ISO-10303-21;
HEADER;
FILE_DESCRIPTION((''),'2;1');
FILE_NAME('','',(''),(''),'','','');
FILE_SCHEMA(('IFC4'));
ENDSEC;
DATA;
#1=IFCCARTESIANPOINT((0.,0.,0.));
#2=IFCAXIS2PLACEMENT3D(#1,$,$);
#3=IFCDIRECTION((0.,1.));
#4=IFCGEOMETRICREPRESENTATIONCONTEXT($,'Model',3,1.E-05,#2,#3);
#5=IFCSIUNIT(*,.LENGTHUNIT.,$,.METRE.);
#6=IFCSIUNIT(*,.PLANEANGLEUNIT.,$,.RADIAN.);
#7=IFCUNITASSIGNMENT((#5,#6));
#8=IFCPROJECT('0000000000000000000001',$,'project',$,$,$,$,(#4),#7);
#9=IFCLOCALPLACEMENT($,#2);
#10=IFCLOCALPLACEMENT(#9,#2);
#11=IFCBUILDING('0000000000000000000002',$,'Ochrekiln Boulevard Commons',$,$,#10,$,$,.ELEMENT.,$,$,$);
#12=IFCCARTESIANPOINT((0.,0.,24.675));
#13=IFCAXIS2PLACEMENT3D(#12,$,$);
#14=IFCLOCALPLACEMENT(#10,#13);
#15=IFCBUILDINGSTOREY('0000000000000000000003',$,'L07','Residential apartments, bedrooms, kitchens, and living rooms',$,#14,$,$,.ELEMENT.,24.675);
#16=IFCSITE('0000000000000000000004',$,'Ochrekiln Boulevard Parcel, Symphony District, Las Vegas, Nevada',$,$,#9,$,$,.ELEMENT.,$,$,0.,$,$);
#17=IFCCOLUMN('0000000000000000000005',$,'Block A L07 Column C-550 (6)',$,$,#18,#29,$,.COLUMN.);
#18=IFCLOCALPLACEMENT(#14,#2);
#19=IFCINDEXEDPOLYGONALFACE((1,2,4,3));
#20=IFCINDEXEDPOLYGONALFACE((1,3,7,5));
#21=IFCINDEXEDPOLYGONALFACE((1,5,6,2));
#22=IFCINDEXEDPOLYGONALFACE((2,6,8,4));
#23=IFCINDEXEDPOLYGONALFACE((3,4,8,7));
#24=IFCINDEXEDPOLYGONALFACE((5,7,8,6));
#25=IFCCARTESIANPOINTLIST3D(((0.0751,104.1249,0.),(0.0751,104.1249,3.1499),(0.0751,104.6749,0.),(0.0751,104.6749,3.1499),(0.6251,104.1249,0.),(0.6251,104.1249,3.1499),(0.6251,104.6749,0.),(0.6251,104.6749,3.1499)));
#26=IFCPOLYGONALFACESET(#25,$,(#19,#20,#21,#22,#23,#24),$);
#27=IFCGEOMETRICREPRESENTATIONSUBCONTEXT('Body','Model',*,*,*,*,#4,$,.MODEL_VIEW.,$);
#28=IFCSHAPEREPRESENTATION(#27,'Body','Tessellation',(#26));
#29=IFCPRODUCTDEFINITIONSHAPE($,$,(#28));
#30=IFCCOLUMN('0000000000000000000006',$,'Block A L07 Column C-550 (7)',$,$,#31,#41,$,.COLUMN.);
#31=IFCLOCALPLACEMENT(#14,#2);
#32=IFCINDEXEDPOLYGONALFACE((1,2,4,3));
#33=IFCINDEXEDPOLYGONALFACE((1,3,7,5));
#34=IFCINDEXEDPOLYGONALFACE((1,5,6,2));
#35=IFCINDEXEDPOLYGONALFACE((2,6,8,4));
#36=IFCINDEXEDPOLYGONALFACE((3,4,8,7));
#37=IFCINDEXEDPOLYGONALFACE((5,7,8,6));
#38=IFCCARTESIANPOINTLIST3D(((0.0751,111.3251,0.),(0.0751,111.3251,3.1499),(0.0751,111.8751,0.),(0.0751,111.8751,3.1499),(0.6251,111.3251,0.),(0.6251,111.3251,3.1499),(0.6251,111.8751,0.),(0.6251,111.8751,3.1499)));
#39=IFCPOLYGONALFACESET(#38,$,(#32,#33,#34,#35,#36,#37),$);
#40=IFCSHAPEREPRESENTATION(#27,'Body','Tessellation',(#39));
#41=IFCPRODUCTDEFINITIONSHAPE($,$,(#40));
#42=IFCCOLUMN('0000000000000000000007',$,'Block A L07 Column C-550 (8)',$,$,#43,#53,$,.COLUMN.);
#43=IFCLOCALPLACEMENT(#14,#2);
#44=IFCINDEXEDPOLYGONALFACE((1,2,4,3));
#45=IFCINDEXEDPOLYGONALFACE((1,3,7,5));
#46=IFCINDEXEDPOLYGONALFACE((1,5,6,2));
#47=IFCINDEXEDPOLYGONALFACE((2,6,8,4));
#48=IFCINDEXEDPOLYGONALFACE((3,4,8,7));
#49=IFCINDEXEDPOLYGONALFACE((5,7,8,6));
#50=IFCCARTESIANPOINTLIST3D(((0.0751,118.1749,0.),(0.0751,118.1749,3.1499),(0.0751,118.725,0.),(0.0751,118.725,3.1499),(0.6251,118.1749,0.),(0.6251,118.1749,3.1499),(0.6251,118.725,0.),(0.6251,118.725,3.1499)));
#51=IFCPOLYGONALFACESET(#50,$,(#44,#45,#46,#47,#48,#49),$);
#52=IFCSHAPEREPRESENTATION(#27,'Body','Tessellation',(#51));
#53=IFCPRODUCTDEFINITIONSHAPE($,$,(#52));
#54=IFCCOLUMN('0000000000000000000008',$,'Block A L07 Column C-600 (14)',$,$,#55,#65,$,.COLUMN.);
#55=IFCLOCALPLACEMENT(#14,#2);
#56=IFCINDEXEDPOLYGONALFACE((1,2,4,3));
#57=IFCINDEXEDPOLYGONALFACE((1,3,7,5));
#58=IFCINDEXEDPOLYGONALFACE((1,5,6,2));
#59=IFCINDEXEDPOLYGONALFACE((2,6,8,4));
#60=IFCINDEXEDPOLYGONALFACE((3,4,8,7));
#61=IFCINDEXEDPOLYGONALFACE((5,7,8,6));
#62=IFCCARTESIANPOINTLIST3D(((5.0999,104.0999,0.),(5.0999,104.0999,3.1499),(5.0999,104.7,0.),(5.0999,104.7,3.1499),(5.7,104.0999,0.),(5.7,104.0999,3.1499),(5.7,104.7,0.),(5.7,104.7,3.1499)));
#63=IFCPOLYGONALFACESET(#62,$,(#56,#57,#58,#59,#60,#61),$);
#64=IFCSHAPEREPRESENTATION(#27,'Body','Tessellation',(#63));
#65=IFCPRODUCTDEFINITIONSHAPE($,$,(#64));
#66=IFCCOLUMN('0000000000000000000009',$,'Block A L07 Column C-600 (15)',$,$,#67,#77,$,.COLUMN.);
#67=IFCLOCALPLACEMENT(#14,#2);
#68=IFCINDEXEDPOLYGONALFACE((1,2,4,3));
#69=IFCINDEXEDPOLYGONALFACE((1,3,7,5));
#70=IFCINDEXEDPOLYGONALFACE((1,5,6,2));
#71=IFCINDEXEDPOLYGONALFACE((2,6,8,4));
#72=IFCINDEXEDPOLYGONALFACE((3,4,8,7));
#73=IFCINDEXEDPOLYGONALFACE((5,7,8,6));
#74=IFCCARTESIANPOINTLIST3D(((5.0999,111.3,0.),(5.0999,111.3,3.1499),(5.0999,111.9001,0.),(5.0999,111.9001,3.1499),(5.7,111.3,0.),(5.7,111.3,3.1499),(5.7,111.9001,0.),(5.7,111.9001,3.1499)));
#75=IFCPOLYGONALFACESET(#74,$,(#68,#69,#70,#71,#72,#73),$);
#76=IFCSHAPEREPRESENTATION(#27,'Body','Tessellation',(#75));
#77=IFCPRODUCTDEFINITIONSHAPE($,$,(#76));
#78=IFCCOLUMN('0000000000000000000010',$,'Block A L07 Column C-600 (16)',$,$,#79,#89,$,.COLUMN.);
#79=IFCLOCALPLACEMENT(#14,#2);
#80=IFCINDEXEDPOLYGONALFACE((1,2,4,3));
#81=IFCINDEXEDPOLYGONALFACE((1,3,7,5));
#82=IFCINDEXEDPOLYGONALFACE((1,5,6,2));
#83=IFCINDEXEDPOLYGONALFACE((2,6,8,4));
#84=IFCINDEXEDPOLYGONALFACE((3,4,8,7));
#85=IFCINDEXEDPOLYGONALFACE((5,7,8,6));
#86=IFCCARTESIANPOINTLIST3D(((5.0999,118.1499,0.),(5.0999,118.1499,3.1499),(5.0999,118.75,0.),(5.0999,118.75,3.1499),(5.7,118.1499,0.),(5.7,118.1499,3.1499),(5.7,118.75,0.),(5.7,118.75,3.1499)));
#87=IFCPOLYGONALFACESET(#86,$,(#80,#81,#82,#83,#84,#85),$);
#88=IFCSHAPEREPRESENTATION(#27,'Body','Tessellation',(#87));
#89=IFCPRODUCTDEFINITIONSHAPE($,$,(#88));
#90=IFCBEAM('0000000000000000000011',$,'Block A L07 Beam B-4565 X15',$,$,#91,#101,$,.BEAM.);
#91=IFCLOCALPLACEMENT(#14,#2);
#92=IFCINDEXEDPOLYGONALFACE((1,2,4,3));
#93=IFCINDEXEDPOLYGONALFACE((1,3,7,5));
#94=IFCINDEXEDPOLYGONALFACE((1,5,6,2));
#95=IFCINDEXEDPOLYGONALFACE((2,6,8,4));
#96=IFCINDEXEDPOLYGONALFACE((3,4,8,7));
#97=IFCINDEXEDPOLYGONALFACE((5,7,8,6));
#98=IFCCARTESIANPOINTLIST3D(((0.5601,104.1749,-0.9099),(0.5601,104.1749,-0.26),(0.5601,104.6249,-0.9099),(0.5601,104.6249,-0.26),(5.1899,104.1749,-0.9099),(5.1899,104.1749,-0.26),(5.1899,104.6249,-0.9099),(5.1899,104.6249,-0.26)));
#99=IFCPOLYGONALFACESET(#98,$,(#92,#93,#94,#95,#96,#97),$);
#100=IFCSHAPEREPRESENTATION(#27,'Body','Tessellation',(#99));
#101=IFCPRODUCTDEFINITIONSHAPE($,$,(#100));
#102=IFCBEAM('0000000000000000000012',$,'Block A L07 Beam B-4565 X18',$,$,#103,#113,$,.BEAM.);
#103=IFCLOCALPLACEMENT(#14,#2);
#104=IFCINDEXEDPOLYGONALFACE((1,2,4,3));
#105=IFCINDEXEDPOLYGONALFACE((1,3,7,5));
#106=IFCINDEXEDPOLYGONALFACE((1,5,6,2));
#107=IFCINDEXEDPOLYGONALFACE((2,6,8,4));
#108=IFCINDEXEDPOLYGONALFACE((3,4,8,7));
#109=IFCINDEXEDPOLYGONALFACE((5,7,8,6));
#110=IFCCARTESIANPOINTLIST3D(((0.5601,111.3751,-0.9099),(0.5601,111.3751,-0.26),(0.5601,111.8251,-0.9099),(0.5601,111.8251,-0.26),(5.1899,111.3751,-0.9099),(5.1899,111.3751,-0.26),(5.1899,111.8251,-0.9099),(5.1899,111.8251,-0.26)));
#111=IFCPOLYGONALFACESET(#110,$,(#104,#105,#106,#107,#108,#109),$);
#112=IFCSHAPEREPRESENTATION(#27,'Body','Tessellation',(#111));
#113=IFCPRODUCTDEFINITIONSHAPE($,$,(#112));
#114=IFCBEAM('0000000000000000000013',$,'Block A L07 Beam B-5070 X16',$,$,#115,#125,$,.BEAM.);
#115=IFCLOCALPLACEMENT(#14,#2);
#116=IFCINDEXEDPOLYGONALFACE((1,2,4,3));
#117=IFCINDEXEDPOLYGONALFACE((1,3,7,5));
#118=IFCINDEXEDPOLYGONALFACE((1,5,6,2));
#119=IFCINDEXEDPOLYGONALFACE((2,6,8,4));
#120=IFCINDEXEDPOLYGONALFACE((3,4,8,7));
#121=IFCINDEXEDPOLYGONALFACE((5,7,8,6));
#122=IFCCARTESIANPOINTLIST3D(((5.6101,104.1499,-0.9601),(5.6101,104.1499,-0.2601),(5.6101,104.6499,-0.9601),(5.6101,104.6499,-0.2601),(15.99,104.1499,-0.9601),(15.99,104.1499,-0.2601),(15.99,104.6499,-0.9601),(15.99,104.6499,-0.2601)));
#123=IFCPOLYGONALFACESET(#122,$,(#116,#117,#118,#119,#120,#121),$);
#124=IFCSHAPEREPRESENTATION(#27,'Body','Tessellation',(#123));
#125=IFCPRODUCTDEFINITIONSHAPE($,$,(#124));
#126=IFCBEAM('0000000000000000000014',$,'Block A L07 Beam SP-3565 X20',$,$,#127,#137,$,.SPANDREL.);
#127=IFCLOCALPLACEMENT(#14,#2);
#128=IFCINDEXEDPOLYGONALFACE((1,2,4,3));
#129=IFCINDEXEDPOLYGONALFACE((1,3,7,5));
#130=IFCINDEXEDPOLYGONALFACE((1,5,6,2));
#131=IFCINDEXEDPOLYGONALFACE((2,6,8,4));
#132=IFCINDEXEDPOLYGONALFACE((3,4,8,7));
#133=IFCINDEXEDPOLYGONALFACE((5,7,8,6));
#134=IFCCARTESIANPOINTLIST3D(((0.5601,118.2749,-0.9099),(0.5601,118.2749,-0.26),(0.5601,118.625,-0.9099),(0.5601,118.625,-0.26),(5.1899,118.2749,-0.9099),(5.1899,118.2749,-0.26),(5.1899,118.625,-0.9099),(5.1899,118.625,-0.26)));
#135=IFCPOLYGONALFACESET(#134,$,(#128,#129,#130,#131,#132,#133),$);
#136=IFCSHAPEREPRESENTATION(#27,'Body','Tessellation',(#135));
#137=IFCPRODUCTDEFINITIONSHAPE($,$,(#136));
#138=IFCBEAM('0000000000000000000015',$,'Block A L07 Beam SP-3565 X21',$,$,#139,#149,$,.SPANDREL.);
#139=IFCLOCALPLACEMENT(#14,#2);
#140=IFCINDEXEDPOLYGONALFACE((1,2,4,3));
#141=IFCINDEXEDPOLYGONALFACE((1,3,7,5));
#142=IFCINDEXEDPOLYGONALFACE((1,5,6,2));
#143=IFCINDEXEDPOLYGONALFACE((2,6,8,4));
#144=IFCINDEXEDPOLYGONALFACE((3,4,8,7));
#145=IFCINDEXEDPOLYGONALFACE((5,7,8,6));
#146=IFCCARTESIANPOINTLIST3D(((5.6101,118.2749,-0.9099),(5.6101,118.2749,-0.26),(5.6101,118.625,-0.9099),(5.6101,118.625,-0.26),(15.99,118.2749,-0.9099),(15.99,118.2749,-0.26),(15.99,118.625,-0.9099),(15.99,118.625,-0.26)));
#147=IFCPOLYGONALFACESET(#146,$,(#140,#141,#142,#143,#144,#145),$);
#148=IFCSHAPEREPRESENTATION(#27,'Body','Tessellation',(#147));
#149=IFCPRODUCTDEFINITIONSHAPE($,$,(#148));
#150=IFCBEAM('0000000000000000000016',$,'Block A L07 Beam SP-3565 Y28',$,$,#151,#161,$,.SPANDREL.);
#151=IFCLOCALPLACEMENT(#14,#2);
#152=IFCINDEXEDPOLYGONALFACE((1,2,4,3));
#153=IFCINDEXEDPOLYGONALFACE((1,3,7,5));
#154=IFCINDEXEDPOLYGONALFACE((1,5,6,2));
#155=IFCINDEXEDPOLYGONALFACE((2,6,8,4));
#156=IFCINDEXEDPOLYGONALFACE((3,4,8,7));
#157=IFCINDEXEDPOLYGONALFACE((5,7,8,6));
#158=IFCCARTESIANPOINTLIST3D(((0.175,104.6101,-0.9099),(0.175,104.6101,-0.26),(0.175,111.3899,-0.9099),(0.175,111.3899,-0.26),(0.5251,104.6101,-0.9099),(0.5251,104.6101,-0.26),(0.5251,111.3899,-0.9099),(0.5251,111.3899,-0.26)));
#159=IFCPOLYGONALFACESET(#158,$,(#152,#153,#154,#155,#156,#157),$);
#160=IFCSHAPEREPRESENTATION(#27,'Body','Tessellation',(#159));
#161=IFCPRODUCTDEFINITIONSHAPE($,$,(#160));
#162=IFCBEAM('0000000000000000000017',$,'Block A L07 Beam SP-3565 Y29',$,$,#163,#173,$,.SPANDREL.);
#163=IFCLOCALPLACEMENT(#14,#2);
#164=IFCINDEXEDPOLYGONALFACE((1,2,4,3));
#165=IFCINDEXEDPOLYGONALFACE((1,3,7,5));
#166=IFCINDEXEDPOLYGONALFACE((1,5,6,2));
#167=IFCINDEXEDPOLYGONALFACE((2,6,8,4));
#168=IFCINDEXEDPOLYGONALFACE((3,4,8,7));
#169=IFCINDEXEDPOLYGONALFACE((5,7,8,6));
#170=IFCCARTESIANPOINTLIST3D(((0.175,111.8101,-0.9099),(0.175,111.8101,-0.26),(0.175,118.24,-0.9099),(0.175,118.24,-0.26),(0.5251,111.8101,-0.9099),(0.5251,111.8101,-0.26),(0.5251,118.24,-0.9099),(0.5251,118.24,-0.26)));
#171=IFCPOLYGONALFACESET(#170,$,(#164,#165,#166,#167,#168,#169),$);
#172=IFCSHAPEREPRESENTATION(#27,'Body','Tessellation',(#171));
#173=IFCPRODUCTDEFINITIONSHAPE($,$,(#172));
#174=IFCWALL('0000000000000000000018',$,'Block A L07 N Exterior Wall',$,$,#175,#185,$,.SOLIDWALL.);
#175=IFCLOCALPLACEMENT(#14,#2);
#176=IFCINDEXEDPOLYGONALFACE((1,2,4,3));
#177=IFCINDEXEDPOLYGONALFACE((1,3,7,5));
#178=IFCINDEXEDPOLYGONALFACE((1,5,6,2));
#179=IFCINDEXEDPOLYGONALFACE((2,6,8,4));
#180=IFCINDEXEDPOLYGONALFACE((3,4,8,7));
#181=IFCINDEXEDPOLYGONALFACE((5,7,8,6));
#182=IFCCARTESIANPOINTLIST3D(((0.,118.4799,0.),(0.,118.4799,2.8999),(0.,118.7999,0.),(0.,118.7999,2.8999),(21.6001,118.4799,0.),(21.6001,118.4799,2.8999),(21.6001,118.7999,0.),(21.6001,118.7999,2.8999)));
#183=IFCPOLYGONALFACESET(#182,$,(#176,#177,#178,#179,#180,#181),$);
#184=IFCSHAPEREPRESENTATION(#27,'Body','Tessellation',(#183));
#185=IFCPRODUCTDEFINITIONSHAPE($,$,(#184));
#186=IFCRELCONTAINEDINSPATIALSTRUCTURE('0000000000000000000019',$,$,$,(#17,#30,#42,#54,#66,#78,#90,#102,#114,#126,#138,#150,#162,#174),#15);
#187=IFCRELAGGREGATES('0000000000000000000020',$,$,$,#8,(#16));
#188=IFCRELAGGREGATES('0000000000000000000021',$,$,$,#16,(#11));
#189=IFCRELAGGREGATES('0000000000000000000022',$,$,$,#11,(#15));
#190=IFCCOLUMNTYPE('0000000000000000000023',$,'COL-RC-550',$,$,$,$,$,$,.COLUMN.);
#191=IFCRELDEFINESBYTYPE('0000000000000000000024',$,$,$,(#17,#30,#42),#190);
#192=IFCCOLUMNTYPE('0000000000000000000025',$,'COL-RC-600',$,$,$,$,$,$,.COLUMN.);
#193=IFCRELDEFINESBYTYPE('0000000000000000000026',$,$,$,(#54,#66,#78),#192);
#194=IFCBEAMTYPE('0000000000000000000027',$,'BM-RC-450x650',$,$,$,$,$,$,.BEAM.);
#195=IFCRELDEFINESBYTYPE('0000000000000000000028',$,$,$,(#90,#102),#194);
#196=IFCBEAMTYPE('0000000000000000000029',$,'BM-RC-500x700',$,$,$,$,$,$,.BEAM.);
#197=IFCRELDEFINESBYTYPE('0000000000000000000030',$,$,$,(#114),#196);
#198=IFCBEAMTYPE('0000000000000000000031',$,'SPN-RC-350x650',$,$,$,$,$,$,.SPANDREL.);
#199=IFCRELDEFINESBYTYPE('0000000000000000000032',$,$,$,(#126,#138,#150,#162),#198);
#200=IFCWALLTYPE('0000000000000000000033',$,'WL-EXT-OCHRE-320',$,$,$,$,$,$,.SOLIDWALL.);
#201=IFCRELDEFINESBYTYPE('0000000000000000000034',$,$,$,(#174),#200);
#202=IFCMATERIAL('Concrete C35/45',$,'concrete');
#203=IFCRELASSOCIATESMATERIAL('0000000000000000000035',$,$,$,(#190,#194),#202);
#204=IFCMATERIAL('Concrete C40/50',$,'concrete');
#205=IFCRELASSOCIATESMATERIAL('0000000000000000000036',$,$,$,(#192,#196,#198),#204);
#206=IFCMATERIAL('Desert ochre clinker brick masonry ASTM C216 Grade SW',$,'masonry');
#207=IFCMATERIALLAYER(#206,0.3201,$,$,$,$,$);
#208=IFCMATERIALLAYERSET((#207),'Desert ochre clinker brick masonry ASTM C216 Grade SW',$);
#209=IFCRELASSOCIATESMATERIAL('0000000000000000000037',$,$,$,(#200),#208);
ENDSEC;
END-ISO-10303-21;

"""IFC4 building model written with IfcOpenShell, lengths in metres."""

from ifc_helpers import new_model, si_unit, direction, frame, frame_2d, origin, origin_2d, place, context, subcontext, project, spatial, rectangle, extrude, material, layer, layer_set, material_profile, profile_set, type_object, element, save


model = new_model("IFC4")

# Units and contexts
model_context = context("Model", 3, precision=1e-05, world=origin(), true_north=direction((0.0, 1.0)))
body_context = subcontext(model_context, "Body", "Model", "MODEL_VIEW")
ifc_project = project(units=[si_unit("LENGTHUNIT", "METRE"), si_unit("PLANEANGLEUNIT", "RADIAN")], contexts=[model_context])

# Site, building, storey
site_placement = place(None, origin())
site = spatial("IfcSite", under=ifc_project, at=site_placement, Name="Ochrekiln Boulevard Parcel, Symphony District, Las Vegas, Nevada", CompositionType="ELEMENT", RefElevation=0.0)
building_placement = place(site_placement, origin())
building = spatial("IfcBuilding", under=site, at=building_placement, Name="Ochrekiln Boulevard Commons", CompositionType="ELEMENT")
storey_placement = place(building_placement, frame((0.0, 0.0, 24.675)))
storey = spatial("IfcBuildingStorey", under=building, at=storey_placement, Name="L07", Description="Residential apartments, bedrooms, kitchens, and living rooms", CompositionType="ELEMENT", Elevation=24.675)

# Columns
ifc_material_1 = material(Name="Concrete C35/45", Category="concrete")
ifc_material_profile_1 = material_profile(ifc_material_1, rectangle(XDim=0.55, YDim=0.55, at=origin_2d()), Name="RC-COL-550x550")
ifc_profile_set_1 = profile_set([ifc_material_profile_1], Name="Concrete C35/45")
column_type_1 = type_object("IfcColumnType", Name="COL-RC-550", PredefinedType="COLUMN", material=ifc_profile_set_1)
for number, where, z_axis, x_axis, name in (
    (1, (0.3501, 104.3999, 0.0), (0.0, 0.0, 1.0), (1.0, 0.0, 0.0), "Block A L07 Column C-550 (6)"),
    (2, (0.3501, 111.6001, 0.0), (0.0, 0.0, 1.0), (1.0, 0.0, 0.0), "Block A L07 Column C-550 (7)"),
    (3, (0.3501, 118.45, 0.0), (0.0, 0.0, 1.0), (1.0, 0.0, 0.0), "Block A L07 Column C-550 (8)"),
):
    element("IfcColumn", number, at=place(storey_placement, frame(where, z_axis=z_axis, x_axis=x_axis)), inside=storey, type_object=column_type_1, Name=name, PredefinedType="COLUMN", context=body_context, shape_type="SweptSolid", body=[
        extrude(rectangle(XDim=0.55, YDim=0.55, at=origin_2d()), origin(), (0.0, 0.0, 1.0), 3.1499),
    ])
ifc_material_2 = material(Name="Concrete C40/50", Category="concrete")
ifc_material_profile_2 = material_profile(ifc_material_2, rectangle(XDim=0.6001, YDim=0.6001, at=origin_2d()), Name="RC-COL-600x600")
ifc_profile_set_2 = profile_set([ifc_material_profile_2], Name="Concrete C40/50")
column_type_2 = type_object("IfcColumnType", Name="COL-RC-600", PredefinedType="COLUMN", material=ifc_profile_set_2)
for number, where, z_axis, x_axis, name in (
    (4, (5.3999, 104.3999, 0.0), (0.0, 0.0, 1.0), (1.0, 0.0, 0.0), "Block A L07 Column C-600 (14)"),
    (5, (5.3999, 111.6001, 0.0), (0.0, 0.0, 1.0), (1.0, 0.0, 0.0), "Block A L07 Column C-600 (15)"),
    (6, (5.3999, 118.45, 0.0), (0.0, 0.0, 1.0), (1.0, 0.0, 0.0), "Block A L07 Column C-600 (16)"),
):
    element("IfcColumn", number, at=place(storey_placement, frame(where, z_axis=z_axis, x_axis=x_axis)), inside=storey, type_object=column_type_2, Name=name, PredefinedType="COLUMN", context=body_context, shape_type="SweptSolid", body=[
        extrude(rectangle(XDim=0.6001, YDim=0.6001, at=origin_2d()), origin(), (0.0, 0.0, 1.0), 3.1499),
    ])

# Beams
ifc_material_profile_3 = material_profile(ifc_material_1, rectangle(XDim=0.45, YDim=0.6499, at=origin_2d()), Name="RC-BM-450x650")
ifc_profile_set_3 = profile_set([ifc_material_profile_3], Name="Concrete C35/45")
beam_type_1 = type_object("IfcBeamType", Name="BM-RC-450x650", PredefinedType="BEAM", material=ifc_profile_set_3)
for number, where, z_axis, x_axis, name in (
    (7, (0.5601, 104.3999, -0.585), (1.0, 0.0, 0.0), (0.0, 1.0, 0.0), "Block A L07 Beam B-4565 X15"),
    (8, (0.5601, 111.6001, -0.585), (1.0, 0.0, 0.0), (0.0, 1.0, 0.0), "Block A L07 Beam B-4565 X18"),
):
    element("IfcBeam", number, at=place(storey_placement, frame(where, z_axis=z_axis, x_axis=x_axis)), inside=storey, type_object=beam_type_1, Name=name, PredefinedType="BEAM", context=body_context, shape_type="SweptSolid", body=[
        extrude(rectangle(XDim=0.45, YDim=0.6499, at=origin_2d()), origin(), (0.0, 0.0, 1.0), 4.6299),
    ])
ifc_material_profile_4 = material_profile(ifc_material_2, rectangle(XDim=0.5, YDim=0.7, at=origin_2d()), Name="RC-BM-500x700")
ifc_profile_set_4 = profile_set([ifc_material_profile_4], Name="Concrete C40/50")
beam_type_2 = type_object("IfcBeamType", Name="BM-RC-500x700", PredefinedType="BEAM", material=ifc_profile_set_4)
beam_1_placement = place(storey_placement, frame((5.6101, 104.3999, -0.6101), z_axis=(1.0, 0.0, 0.0), x_axis=(0.0, 1.0, 0.0)))
element("IfcBeam", 9, at=beam_1_placement, inside=storey, type_object=beam_type_2, Name="Block A L07 Beam B-5070 X16", PredefinedType="BEAM", context=body_context, shape_type="SweptSolid", body=[
    extrude(rectangle(XDim=0.5, YDim=0.7, at=origin_2d()), origin(), (0.0, 0.0, 1.0), 10.3799),
])
ifc_material_profile_5 = material_profile(ifc_material_2, rectangle(XDim=0.3501, YDim=0.6499, at=origin_2d()), Name="RC-SPN-350x650")
ifc_profile_set_5 = profile_set([ifc_material_profile_5], Name="Concrete C40/50")
beam_type_3 = type_object("IfcBeamType", Name="SPN-RC-350x650", PredefinedType="SPANDREL", material=ifc_profile_set_5)
beam_2_placement = place(storey_placement, frame((0.5601, 118.45, -0.585), z_axis=(1.0, 0.0, 0.0), x_axis=(0.0, 1.0, 0.0)))
element("IfcBeam", 10, at=beam_2_placement, inside=storey, type_object=beam_type_3, Name="Block A L07 Beam SP-3565 X20", PredefinedType="SPANDREL", context=body_context, shape_type="SweptSolid", body=[
    extrude(rectangle(XDim=0.3501, YDim=0.6499, at=origin_2d()), origin(), (0.0, 0.0, 1.0), 4.6299),
])
beam_3_placement = place(storey_placement, frame((5.6101, 118.45, -0.585), z_axis=(1.0, 0.0, 0.0), x_axis=(0.0, 1.0, 0.0)))
element("IfcBeam", 11, at=beam_3_placement, inside=storey, type_object=beam_type_3, Name="Block A L07 Beam SP-3565 X21", PredefinedType="SPANDREL", context=body_context, shape_type="SweptSolid", body=[
    extrude(rectangle(XDim=0.3501, YDim=0.6499, at=origin_2d()), origin(), (0.0, 0.0, 1.0), 10.3799),
])
beam_4_placement = place(storey_placement, frame((0.3501, 104.6101, -0.585), z_axis=(0.0, 1.0, 0.0), x_axis=(-1.0, 0.0, 0.0)))
element("IfcBeam", 12, at=beam_4_placement, inside=storey, type_object=beam_type_3, Name="Block A L07 Beam SP-3565 Y28", PredefinedType="SPANDREL", context=body_context, shape_type="SweptSolid", body=[
    extrude(rectangle(XDim=0.3501, YDim=0.6499, at=origin_2d()), origin(), (0.0, 0.0, 1.0), 6.7798),
])
beam_5_placement = place(storey_placement, frame((0.3501, 111.8101, -0.585), z_axis=(0.0, 1.0, 0.0), x_axis=(-1.0, 0.0, 0.0)))
element("IfcBeam", 13, at=beam_5_placement, inside=storey, type_object=beam_type_3, Name="Block A L07 Beam SP-3565 Y29", PredefinedType="SPANDREL", context=body_context, shape_type="SweptSolid", body=[
    extrude(rectangle(XDim=0.3501, YDim=0.6499, at=origin_2d()), origin(), (0.0, 0.0, 1.0), 6.4299),
])

# Wall
ifc_material_3 = material(Name="Desert ochre clinker brick masonry ASTM C216 Grade SW", Category="masonry")
ifc_layer_1 = layer(ifc_material_3, 0.3201)
ifc_layer_set_1 = layer_set([ifc_layer_1], Name="Desert ochre clinker brick masonry ASTM C216 Grade SW")
wall_type_1 = type_object("IfcWallType", Name="WL-EXT-OCHRE-320", PredefinedType="SOLIDWALL", material=ifc_layer_set_1)
wall_1_placement = place(storey_placement, frame((0.0, 118.6399, 0.0), z_axis=(0.0, 0.0, 1.0), x_axis=(1.0, 0.0, 0.0)))
element("IfcWall", 14, at=wall_1_placement, inside=storey, type_object=wall_type_1, Name="Block A L07 N Exterior Wall", PredefinedType="SOLIDWALL", context=body_context, shape_type="SweptSolid", body=[
    extrude(rectangle(XDim=21.6001, YDim=0.3201, at=frame_2d((10.8, 0.0))), origin(), (0.0, 0.0, 1.0), 2.8999),
])

save(model, "model.ifc")
